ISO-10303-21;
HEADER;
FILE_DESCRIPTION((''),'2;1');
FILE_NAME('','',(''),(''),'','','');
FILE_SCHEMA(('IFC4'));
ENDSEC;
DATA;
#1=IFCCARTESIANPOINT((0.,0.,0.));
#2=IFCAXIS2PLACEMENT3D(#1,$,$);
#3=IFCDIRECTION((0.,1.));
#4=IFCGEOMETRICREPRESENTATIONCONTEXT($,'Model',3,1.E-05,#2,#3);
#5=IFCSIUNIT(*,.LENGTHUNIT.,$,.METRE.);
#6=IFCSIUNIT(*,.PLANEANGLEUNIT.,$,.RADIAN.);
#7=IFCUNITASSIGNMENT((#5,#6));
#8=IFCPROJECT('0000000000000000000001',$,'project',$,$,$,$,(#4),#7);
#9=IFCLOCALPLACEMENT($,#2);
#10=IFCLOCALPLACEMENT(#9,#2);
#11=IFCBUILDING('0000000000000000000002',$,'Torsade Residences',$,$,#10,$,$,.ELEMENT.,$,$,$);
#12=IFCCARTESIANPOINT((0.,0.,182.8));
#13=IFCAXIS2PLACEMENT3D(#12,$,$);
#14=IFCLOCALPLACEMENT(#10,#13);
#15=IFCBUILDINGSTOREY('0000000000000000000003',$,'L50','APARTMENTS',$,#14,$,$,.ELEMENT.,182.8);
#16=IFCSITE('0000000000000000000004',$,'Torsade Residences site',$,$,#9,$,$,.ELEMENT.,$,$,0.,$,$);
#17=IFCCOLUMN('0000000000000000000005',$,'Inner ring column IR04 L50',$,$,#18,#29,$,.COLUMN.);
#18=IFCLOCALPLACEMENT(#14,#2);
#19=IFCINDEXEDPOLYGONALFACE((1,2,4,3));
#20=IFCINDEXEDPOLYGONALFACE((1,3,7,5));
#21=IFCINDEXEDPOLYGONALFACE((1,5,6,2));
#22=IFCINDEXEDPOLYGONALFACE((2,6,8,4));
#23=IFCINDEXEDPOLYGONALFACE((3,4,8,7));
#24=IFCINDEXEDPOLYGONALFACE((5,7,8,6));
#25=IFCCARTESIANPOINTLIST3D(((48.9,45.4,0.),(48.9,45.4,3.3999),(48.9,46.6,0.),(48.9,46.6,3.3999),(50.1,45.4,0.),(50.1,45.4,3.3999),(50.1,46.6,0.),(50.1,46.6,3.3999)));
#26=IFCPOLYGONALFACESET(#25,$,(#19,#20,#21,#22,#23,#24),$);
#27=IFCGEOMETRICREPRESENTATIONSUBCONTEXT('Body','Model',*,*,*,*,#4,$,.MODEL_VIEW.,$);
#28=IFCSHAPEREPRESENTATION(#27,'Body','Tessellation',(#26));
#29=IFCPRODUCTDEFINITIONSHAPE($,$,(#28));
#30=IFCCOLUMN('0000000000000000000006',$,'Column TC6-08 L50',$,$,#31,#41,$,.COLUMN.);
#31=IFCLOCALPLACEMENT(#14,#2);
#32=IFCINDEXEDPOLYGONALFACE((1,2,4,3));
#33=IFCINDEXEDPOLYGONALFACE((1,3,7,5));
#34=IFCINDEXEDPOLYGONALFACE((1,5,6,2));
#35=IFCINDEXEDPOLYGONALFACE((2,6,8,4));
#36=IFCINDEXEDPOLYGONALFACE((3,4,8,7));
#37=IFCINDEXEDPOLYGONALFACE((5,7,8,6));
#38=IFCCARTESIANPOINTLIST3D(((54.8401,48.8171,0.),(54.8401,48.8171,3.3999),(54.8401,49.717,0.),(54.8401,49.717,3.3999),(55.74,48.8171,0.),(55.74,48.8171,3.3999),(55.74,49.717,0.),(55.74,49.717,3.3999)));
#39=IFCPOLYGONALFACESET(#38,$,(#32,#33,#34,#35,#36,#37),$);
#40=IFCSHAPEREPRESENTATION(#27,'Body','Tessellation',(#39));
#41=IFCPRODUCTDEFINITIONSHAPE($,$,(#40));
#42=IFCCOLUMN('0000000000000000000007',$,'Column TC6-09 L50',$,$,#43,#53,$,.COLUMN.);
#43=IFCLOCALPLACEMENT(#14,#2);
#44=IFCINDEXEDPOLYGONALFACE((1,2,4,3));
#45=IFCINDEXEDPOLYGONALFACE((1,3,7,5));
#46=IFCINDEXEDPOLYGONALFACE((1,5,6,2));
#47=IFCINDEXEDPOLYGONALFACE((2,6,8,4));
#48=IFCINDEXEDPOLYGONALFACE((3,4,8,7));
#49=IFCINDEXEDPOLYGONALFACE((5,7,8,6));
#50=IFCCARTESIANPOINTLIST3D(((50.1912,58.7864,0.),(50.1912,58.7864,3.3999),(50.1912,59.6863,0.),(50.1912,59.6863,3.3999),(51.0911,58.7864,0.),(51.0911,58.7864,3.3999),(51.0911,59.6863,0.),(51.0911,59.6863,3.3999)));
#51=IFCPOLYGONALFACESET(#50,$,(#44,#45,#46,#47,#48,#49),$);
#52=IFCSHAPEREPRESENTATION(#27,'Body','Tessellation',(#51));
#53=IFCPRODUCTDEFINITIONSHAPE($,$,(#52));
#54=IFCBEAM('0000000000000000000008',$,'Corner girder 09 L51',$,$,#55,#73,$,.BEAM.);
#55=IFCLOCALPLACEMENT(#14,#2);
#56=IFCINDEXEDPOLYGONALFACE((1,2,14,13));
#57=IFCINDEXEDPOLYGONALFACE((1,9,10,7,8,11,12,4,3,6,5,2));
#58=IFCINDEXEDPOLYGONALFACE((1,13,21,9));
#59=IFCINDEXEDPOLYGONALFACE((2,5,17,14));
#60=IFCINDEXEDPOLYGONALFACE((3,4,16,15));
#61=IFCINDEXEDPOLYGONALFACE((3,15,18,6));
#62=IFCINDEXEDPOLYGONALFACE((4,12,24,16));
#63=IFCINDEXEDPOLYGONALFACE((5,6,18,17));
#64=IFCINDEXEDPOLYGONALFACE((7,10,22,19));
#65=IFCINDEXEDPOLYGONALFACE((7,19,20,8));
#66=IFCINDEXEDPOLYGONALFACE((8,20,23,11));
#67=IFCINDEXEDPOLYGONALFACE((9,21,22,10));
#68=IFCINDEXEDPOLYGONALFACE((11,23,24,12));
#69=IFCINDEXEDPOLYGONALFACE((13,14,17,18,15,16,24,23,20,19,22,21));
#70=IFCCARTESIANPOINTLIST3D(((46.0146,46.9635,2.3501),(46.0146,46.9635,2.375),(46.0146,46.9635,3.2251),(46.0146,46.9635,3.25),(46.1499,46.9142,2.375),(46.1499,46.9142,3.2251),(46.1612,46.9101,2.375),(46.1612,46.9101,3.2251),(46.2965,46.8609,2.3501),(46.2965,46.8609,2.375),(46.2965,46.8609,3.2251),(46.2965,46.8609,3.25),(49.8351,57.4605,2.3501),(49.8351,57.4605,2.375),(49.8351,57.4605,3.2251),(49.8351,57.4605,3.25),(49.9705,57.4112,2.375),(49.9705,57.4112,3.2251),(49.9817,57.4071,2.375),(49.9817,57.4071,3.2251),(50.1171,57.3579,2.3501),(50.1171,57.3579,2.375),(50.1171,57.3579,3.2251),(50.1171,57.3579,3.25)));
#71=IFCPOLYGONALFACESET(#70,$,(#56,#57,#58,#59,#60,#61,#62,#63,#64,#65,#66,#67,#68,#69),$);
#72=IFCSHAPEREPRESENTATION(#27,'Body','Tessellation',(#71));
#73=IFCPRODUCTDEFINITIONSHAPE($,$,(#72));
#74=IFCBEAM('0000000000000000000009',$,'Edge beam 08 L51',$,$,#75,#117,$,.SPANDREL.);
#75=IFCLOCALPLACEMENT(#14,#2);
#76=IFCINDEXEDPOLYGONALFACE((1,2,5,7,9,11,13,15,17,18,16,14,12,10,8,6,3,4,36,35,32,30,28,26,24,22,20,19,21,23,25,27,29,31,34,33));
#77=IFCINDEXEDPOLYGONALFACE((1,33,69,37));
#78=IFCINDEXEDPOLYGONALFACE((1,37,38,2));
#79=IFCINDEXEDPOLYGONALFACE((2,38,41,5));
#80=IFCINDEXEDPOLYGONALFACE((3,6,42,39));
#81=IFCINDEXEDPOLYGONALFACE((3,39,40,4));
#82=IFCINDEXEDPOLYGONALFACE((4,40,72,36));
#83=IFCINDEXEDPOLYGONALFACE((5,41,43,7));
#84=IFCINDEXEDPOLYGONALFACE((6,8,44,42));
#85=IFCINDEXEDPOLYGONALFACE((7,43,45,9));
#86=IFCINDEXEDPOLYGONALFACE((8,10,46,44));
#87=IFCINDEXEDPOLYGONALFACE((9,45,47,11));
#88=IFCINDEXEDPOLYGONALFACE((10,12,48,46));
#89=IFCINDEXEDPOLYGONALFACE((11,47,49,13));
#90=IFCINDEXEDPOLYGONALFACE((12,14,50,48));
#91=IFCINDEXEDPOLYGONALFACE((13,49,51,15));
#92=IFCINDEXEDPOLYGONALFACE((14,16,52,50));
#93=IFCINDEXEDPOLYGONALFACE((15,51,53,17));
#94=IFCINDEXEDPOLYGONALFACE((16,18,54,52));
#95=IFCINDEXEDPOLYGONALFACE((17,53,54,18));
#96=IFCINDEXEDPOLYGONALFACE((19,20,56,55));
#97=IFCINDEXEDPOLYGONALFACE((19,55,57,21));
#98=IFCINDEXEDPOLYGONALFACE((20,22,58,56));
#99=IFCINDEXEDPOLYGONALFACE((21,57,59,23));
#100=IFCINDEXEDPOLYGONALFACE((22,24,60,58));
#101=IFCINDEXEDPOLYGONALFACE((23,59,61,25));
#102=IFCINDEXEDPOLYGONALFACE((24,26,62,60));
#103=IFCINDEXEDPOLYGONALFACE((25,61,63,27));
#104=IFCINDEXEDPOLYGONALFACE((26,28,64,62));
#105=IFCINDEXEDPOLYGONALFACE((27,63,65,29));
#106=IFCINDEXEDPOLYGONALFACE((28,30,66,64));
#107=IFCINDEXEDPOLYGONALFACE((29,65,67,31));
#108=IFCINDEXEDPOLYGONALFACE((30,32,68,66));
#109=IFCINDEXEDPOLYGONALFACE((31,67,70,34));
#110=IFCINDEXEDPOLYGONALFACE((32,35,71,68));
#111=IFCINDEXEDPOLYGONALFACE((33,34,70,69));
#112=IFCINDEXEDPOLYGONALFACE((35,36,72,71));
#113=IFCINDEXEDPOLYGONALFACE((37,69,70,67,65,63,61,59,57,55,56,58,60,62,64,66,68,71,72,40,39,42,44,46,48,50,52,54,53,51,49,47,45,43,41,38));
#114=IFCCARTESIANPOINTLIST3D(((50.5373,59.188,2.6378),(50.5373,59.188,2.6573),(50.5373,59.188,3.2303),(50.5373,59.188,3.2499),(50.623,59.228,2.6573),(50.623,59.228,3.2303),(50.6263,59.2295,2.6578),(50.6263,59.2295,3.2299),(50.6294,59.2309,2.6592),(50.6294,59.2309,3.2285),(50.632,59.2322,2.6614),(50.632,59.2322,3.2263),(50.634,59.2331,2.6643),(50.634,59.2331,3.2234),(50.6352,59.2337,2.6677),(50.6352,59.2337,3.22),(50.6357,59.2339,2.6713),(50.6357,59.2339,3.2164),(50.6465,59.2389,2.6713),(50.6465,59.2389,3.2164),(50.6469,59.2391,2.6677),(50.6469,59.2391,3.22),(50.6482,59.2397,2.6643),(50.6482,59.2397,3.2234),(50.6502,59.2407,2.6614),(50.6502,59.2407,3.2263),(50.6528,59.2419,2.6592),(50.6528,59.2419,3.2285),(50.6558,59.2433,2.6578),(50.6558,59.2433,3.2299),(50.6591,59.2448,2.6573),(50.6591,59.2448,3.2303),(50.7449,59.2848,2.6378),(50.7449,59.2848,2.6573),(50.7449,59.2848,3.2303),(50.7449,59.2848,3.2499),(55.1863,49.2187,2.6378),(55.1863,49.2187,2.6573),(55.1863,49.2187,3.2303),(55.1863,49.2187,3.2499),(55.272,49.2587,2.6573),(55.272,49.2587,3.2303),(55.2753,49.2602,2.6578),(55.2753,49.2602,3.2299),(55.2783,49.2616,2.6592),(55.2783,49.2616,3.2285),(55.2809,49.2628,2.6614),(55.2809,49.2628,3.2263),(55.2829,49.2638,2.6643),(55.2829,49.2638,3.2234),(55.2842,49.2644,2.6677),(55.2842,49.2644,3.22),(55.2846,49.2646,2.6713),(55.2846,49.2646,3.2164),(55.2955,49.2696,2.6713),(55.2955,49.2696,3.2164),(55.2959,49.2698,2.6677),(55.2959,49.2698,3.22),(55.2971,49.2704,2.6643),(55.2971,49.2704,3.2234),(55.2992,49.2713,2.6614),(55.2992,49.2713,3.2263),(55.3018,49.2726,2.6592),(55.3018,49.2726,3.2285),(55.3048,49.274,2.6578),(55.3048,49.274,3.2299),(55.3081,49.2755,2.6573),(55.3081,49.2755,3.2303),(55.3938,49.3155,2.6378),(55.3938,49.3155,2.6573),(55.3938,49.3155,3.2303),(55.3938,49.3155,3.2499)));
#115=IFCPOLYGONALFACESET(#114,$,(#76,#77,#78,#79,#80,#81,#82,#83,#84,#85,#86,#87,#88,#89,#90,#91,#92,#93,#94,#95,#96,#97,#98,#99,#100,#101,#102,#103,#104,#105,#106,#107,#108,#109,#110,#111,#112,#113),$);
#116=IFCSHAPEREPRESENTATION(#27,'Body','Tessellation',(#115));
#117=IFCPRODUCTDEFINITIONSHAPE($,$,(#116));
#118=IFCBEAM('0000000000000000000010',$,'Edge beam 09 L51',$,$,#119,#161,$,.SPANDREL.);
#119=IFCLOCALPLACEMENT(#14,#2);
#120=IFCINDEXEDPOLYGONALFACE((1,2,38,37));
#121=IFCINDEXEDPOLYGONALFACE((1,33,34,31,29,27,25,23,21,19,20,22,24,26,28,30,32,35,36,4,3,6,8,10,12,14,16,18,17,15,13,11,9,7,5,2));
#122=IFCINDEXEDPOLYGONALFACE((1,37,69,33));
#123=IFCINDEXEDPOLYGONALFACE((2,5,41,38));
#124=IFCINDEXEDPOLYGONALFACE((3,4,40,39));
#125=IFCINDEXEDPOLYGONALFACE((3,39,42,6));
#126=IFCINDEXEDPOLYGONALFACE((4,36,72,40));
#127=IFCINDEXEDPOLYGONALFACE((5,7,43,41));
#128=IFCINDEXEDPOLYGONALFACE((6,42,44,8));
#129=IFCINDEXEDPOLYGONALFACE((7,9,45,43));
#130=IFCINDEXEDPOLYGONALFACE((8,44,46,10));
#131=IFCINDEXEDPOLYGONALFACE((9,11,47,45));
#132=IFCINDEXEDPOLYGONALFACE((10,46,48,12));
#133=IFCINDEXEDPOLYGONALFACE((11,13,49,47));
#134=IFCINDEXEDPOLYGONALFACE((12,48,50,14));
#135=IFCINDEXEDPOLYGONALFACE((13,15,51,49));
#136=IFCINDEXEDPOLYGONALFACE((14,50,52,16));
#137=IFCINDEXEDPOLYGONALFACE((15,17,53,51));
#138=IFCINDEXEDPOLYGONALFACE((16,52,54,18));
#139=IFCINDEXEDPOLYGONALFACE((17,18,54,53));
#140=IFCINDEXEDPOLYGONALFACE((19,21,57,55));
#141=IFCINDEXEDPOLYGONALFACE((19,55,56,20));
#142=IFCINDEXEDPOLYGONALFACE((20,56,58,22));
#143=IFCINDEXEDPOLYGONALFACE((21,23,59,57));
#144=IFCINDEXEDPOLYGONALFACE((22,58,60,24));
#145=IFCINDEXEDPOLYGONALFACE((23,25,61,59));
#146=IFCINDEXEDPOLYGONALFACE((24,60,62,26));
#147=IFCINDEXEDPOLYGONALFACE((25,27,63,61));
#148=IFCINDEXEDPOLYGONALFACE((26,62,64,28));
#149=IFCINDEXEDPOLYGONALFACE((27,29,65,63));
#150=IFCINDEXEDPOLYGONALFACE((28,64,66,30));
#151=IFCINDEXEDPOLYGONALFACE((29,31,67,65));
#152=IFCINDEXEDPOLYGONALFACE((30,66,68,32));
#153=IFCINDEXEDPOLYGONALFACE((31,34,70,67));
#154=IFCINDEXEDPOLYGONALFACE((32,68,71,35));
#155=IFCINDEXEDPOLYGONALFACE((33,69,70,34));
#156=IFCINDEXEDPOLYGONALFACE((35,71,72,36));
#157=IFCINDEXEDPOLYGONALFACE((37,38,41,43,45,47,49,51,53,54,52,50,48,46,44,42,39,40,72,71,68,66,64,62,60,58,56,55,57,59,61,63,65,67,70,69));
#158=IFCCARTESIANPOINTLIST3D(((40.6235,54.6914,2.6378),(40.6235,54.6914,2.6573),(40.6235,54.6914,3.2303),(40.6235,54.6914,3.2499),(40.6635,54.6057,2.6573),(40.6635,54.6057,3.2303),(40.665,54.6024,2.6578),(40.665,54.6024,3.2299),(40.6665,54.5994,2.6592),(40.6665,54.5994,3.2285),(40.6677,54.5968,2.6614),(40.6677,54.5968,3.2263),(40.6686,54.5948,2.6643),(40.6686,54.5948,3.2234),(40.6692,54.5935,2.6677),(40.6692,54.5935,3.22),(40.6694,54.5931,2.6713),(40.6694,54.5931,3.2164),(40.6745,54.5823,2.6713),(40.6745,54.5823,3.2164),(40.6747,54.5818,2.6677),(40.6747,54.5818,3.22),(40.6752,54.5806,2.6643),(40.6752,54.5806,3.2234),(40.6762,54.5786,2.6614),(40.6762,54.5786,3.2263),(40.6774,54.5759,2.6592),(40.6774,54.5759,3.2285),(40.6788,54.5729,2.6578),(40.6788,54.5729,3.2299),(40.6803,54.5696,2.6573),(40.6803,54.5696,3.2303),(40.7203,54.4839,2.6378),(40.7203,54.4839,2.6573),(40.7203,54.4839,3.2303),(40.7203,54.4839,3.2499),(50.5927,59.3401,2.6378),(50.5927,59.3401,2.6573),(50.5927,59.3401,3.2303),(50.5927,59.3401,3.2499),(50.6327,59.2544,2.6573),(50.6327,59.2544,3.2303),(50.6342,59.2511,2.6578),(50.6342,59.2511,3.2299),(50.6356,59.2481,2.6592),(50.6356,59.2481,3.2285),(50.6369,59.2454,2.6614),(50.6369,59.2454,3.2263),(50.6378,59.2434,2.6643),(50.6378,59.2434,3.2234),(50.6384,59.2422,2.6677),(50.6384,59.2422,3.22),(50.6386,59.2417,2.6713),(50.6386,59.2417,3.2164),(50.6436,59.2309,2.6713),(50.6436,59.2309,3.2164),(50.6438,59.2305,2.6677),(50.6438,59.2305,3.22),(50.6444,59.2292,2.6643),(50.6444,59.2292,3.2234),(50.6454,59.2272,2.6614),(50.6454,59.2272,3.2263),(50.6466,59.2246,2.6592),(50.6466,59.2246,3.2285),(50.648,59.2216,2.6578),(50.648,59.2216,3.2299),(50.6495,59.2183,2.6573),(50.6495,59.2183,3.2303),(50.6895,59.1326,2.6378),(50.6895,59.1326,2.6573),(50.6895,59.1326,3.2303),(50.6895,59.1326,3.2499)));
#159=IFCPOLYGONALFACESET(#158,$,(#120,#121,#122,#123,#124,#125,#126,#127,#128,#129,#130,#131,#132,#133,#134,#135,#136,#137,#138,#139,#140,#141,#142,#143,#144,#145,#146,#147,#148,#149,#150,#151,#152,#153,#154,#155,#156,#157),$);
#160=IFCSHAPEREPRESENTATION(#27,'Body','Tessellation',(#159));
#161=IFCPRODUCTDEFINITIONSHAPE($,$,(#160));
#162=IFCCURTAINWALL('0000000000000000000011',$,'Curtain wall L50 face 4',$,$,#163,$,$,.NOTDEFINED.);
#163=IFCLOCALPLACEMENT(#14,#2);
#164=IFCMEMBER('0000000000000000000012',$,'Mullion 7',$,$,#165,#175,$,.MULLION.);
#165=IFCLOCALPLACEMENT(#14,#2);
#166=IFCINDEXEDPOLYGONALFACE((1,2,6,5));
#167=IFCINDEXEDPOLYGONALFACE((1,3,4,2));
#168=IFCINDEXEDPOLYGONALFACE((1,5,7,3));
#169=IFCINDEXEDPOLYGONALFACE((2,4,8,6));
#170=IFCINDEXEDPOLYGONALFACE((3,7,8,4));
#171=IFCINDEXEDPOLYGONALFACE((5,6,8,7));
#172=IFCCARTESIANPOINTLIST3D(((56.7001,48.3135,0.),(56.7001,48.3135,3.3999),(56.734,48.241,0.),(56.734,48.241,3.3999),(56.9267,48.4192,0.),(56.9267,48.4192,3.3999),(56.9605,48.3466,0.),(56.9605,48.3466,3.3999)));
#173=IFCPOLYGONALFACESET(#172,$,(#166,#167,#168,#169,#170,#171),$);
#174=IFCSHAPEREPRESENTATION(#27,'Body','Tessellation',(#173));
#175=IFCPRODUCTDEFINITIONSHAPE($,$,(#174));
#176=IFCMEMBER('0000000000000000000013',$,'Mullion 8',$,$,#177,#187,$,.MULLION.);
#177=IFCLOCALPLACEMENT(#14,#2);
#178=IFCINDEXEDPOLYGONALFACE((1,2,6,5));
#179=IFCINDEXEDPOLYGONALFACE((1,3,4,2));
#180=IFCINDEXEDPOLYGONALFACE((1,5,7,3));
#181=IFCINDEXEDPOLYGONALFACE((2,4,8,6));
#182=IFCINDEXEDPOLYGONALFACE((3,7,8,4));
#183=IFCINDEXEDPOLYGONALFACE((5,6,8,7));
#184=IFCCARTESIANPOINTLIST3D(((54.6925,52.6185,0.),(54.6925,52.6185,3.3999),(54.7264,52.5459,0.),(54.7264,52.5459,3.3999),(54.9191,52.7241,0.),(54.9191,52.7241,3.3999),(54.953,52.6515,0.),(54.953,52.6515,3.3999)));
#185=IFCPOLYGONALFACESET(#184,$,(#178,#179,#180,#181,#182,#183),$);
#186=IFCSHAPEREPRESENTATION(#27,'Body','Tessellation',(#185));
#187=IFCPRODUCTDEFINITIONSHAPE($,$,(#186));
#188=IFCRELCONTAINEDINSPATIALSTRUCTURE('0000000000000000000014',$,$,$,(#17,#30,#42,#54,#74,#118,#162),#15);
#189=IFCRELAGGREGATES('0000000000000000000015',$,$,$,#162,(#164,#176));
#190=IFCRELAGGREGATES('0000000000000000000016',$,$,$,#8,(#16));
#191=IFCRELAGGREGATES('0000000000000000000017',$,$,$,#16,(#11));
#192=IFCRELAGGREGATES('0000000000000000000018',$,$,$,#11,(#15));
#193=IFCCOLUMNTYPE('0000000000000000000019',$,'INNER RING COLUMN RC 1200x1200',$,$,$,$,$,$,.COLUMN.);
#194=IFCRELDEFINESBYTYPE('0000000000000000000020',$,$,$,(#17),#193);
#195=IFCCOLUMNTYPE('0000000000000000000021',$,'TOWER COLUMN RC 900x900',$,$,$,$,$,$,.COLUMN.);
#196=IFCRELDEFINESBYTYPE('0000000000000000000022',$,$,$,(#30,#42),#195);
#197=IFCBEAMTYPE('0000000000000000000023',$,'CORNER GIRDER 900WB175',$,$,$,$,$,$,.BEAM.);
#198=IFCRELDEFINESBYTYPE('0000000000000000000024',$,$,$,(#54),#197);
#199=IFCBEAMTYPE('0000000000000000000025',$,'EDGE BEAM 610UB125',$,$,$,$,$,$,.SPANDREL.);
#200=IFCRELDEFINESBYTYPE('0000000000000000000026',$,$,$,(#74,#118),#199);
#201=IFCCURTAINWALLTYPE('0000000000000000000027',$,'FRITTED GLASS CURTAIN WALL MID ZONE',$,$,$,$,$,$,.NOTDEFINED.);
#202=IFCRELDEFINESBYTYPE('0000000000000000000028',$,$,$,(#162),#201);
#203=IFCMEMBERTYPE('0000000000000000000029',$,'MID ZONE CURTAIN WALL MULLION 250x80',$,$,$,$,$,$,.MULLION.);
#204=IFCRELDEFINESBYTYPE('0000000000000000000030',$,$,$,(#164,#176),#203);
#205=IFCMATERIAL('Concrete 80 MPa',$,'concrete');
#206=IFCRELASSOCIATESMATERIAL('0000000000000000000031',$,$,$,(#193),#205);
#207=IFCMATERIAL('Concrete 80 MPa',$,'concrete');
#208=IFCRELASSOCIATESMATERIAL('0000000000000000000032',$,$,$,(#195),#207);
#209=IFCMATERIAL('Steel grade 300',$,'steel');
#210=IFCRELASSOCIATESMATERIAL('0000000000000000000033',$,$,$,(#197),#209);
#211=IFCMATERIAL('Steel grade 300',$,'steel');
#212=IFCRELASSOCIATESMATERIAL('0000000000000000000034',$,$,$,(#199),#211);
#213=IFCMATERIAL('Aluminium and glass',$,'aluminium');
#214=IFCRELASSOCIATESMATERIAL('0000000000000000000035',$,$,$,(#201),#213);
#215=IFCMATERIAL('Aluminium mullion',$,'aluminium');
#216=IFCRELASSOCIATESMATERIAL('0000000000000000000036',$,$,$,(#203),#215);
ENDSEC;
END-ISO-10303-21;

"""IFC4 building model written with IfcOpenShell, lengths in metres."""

from ifc_helpers import new_model, si_unit, direction, frame, origin, origin_2d, place, context, subcontext, project, spatial, rectangle, i_section, extrude, material, material_profile, profile_set, type_object, element, aggregate, save


model = new_model("IFC4")

# Units and contexts
model_context = context("Model", 3, precision=1e-05, world=origin(), true_north=direction((0.0, 1.0)))
body_context = subcontext(model_context, "Body", "Model", "MODEL_VIEW")
ifc_project = project(units=[si_unit("LENGTHUNIT", "METRE"), si_unit("PLANEANGLEUNIT", "RADIAN")], contexts=[model_context])

# Site, building, storey
site_placement = place(None, origin())
site = spatial("IfcSite", under=ifc_project, at=site_placement, Name="Torsade Residences site", CompositionType="ELEMENT", RefElevation=0.0)
building_placement = place(site_placement, origin())
building = spatial("IfcBuilding", under=site, at=building_placement, Name="Torsade Residences", CompositionType="ELEMENT")
storey_placement = place(building_placement, frame((0.0, 0.0, 182.8)))
storey = spatial("IfcBuildingStorey", under=building, at=storey_placement, Name="L50", Description="APARTMENTS", CompositionType="ELEMENT", Elevation=182.8)

# Columns
ifc_material_1 = material(Name="Concrete 80 MPa", Category="concrete")
ifc_material_profile_1 = material_profile(ifc_material_1, rectangle(XDim=1.2, YDim=1.2, at=origin_2d()), Name="RC 1200x1200")
ifc_profile_set_1 = profile_set([ifc_material_profile_1], Name="Concrete 80 MPa")
column_type_1 = type_object("IfcColumnType", Name="INNER RING COLUMN RC 1200x1200", PredefinedType="COLUMN", material=ifc_profile_set_1)
column_placement = place(storey_placement, frame((49.5, 46.0, 0.0), z_axis=(0.0, 0.0, 1.0), x_axis=(1.0, 0.0, 0.0)))
element("IfcColumn", 1, at=column_placement, inside=storey, type_object=column_type_1, Name="Inner ring column IR04 L50", PredefinedType="COLUMN", context=body_context, shape_type="SweptSolid", body=[
    extrude(rectangle(XDim=1.2, YDim=1.2, at=origin_2d()), origin(), (0.0, 0.0, 1.0), 3.3999),
])
ifc_material_2 = material(Name="Concrete 80 MPa", Category="concrete")
ifc_material_profile_2 = material_profile(ifc_material_2, rectangle(XDim=0.8999, YDim=0.8999, at=origin_2d()), Name="RC 900x900")
ifc_profile_set_2 = profile_set([ifc_material_profile_2], Name="Concrete 80 MPa")
column_type_2 = type_object("IfcColumnType", Name="TOWER COLUMN RC 900x900", PredefinedType="COLUMN", material=ifc_profile_set_2)
for number, where, z_axis, x_axis, name in (
    (2, (55.29, 49.2671, 0.0), (0.0, 0.0, 1.0), (1.0, 0.0, 0.0), "Column TC6-08 L50"),
    (3, (50.6411, 59.2363, 0.0), (0.0, 0.0, 1.0), (1.0, 0.0, 0.0), "Column TC6-09 L50"),
):
    element("IfcColumn", number, at=place(storey_placement, frame(where, z_axis=z_axis, x_axis=x_axis)), inside=storey, type_object=column_type_2, Name=name, PredefinedType="COLUMN", context=body_context, shape_type="SweptSolid", body=[
        extrude(rectangle(XDim=0.8999, YDim=0.8999, at=origin_2d()), origin(), (0.0, 0.0, 1.0), 3.3999),
    ])

# Beams
ifc_material_3 = material(Name="Steel grade 300", Category="steel")
ifc_material_profile_3 = material_profile(ifc_material_3, i_section(OverallWidth=0.3, OverallDepth=0.8999, WebThickness=0.012, FlangeThickness=0.0249, at=origin_2d()), Name="900WB175")
ifc_profile_set_3 = profile_set([ifc_material_profile_3], Name="Steel grade 300")
beam_type_1 = type_object("IfcBeamType", Name="CORNER GIRDER 900WB175", PredefinedType="BEAM", material=ifc_profile_set_3)
beam_1_placement = place(storey_placement, frame((49.9761, 57.4092, 2.8), z_axis=(-0.342015, -0.939694, 0.0), x_axis=(0.939694, -0.342015, 0.0)))
element("IfcBeam", 4, at=beam_1_placement, inside=storey, type_object=beam_type_1, Name="Corner girder 09 L51", PredefinedType="BEAM", context=body_context, shape_type="SweptSolid", body=[
    extrude(i_section(OverallWidth=0.3, OverallDepth=0.8999, WebThickness=0.012, FlangeThickness=0.0249, at=origin_2d()), origin(), (0.0, 0.0, 1.0), 11.1707),
])
ifc_material_4 = material(Name="Steel grade 300", Category="steel")
ifc_material_profile_4 = material_profile(ifc_material_4, i_section(OverallWidth=0.229, OverallDepth=0.6121, WebThickness=0.012, FlangeThickness=0.0195, FilletRadius=0.0139, at=origin_2d()), Name="610UB125")
ifc_profile_set_4 = profile_set([ifc_material_profile_4], Name="Steel grade 300")
beam_type_2 = type_object("IfcBeamType", Name="EDGE BEAM 610UB125", PredefinedType="SPANDREL", material=ifc_profile_set_4)
beam_2_placement = place(storey_placement, frame((55.29, 49.2671, 2.9438), z_axis=(-0.422633, 0.906301, 0.0), x_axis=(-0.906301, -0.422633, 0.0)))
element("IfcBeam", 5, at=beam_2_placement, inside=storey, type_object=beam_type_2, Name="Edge beam 08 L51", PredefinedType="SPANDREL", context=body_context, shape_type="SweptSolid", body=[
    extrude(i_section(OverallWidth=0.229, OverallDepth=0.6121, WebThickness=0.012, FlangeThickness=0.0195, FilletRadius=0.0139, at=origin_2d()), origin(), (0.0, 0.0, 1.0), 11.0),
])
beam_3_placement = place(storey_placement, frame((50.6411, 59.2363, 2.9438), z_axis=(-0.90631, -0.422614, 0.0), x_axis=(0.422614, -0.90631, 0.0)))
element("IfcBeam", 6, at=beam_3_placement, inside=storey, type_object=beam_type_2, Name="Edge beam 09 L51", PredefinedType="SPANDREL", context=body_context, shape_type="SweptSolid", body=[
    extrude(i_section(OverallWidth=0.229, OverallDepth=0.6121, WebThickness=0.012, FlangeThickness=0.0195, FilletRadius=0.0139, at=origin_2d()), origin(), (0.0, 0.0, 1.0), 10.9998),
])

# Curtain wall, members
ifc_material_5 = material(Name="Aluminium and glass", Category="aluminium")
curtain_wall_type = type_object("IfcCurtainWallType", Name="FRITTED GLASS CURTAIN WALL MID ZONE", PredefinedType="NOTDEFINED", material=ifc_material_5)
curtain_wall_placement = place(storey_placement, origin())
curtain_wall = element("IfcCurtainWall", 7, at=curtain_wall_placement, inside=storey, type_object=curtain_wall_type, Name="Curtain wall L50 face 4", PredefinedType="NOTDEFINED")
ifc_material_6 = material(Name="Aluminium mullion", Category="aluminium")
ifc_material_profile_5 = material_profile(ifc_material_6, rectangle(XDim=0.25, YDim=0.0801, at=origin_2d()), Name="MID ZONE CURTAIN WALL MULLION 250x80")
ifc_profile_set_5 = profile_set([ifc_material_profile_5], Name="Aluminium mullion")
member_type_1 = type_object("IfcMemberType", Name="MID ZONE CURTAIN WALL MULLION 250x80", PredefinedType="MULLION", material=ifc_profile_set_5)
member_1_placement = place(storey_placement, frame((56.8303, 48.3301, 0.0), z_axis=(0.0, 0.0, 1.0), x_axis=(-0.906308, -0.422618, 0.0)))
member_1 = element("IfcMember", 8, at=member_1_placement, type_object=member_type_1, Name="Mullion 7", PredefinedType="MULLION", context=body_context, shape_type="SweptSolid", body=[
    extrude(rectangle(XDim=0.25, YDim=0.0801, at=origin_2d()), origin(), (0.0, 0.0, 1.0), 3.3999),
])
member_2_placement = place(storey_placement, frame((54.8228, 52.635, 0.0), z_axis=(0.0, 0.0, 1.0), x_axis=(-0.906308, -0.422618, 0.0)))
member_2 = element("IfcMember", 9, at=member_2_placement, type_object=member_type_1, Name="Mullion 8", PredefinedType="MULLION", context=body_context, shape_type="SweptSolid", body=[
    extrude(rectangle(XDim=0.25, YDim=0.0801, at=origin_2d()), origin(), (0.0, 0.0, 1.0), 3.3999),
])

aggregate(curtain_wall, [member_1, member_2])

save(model, "model.ifc")
